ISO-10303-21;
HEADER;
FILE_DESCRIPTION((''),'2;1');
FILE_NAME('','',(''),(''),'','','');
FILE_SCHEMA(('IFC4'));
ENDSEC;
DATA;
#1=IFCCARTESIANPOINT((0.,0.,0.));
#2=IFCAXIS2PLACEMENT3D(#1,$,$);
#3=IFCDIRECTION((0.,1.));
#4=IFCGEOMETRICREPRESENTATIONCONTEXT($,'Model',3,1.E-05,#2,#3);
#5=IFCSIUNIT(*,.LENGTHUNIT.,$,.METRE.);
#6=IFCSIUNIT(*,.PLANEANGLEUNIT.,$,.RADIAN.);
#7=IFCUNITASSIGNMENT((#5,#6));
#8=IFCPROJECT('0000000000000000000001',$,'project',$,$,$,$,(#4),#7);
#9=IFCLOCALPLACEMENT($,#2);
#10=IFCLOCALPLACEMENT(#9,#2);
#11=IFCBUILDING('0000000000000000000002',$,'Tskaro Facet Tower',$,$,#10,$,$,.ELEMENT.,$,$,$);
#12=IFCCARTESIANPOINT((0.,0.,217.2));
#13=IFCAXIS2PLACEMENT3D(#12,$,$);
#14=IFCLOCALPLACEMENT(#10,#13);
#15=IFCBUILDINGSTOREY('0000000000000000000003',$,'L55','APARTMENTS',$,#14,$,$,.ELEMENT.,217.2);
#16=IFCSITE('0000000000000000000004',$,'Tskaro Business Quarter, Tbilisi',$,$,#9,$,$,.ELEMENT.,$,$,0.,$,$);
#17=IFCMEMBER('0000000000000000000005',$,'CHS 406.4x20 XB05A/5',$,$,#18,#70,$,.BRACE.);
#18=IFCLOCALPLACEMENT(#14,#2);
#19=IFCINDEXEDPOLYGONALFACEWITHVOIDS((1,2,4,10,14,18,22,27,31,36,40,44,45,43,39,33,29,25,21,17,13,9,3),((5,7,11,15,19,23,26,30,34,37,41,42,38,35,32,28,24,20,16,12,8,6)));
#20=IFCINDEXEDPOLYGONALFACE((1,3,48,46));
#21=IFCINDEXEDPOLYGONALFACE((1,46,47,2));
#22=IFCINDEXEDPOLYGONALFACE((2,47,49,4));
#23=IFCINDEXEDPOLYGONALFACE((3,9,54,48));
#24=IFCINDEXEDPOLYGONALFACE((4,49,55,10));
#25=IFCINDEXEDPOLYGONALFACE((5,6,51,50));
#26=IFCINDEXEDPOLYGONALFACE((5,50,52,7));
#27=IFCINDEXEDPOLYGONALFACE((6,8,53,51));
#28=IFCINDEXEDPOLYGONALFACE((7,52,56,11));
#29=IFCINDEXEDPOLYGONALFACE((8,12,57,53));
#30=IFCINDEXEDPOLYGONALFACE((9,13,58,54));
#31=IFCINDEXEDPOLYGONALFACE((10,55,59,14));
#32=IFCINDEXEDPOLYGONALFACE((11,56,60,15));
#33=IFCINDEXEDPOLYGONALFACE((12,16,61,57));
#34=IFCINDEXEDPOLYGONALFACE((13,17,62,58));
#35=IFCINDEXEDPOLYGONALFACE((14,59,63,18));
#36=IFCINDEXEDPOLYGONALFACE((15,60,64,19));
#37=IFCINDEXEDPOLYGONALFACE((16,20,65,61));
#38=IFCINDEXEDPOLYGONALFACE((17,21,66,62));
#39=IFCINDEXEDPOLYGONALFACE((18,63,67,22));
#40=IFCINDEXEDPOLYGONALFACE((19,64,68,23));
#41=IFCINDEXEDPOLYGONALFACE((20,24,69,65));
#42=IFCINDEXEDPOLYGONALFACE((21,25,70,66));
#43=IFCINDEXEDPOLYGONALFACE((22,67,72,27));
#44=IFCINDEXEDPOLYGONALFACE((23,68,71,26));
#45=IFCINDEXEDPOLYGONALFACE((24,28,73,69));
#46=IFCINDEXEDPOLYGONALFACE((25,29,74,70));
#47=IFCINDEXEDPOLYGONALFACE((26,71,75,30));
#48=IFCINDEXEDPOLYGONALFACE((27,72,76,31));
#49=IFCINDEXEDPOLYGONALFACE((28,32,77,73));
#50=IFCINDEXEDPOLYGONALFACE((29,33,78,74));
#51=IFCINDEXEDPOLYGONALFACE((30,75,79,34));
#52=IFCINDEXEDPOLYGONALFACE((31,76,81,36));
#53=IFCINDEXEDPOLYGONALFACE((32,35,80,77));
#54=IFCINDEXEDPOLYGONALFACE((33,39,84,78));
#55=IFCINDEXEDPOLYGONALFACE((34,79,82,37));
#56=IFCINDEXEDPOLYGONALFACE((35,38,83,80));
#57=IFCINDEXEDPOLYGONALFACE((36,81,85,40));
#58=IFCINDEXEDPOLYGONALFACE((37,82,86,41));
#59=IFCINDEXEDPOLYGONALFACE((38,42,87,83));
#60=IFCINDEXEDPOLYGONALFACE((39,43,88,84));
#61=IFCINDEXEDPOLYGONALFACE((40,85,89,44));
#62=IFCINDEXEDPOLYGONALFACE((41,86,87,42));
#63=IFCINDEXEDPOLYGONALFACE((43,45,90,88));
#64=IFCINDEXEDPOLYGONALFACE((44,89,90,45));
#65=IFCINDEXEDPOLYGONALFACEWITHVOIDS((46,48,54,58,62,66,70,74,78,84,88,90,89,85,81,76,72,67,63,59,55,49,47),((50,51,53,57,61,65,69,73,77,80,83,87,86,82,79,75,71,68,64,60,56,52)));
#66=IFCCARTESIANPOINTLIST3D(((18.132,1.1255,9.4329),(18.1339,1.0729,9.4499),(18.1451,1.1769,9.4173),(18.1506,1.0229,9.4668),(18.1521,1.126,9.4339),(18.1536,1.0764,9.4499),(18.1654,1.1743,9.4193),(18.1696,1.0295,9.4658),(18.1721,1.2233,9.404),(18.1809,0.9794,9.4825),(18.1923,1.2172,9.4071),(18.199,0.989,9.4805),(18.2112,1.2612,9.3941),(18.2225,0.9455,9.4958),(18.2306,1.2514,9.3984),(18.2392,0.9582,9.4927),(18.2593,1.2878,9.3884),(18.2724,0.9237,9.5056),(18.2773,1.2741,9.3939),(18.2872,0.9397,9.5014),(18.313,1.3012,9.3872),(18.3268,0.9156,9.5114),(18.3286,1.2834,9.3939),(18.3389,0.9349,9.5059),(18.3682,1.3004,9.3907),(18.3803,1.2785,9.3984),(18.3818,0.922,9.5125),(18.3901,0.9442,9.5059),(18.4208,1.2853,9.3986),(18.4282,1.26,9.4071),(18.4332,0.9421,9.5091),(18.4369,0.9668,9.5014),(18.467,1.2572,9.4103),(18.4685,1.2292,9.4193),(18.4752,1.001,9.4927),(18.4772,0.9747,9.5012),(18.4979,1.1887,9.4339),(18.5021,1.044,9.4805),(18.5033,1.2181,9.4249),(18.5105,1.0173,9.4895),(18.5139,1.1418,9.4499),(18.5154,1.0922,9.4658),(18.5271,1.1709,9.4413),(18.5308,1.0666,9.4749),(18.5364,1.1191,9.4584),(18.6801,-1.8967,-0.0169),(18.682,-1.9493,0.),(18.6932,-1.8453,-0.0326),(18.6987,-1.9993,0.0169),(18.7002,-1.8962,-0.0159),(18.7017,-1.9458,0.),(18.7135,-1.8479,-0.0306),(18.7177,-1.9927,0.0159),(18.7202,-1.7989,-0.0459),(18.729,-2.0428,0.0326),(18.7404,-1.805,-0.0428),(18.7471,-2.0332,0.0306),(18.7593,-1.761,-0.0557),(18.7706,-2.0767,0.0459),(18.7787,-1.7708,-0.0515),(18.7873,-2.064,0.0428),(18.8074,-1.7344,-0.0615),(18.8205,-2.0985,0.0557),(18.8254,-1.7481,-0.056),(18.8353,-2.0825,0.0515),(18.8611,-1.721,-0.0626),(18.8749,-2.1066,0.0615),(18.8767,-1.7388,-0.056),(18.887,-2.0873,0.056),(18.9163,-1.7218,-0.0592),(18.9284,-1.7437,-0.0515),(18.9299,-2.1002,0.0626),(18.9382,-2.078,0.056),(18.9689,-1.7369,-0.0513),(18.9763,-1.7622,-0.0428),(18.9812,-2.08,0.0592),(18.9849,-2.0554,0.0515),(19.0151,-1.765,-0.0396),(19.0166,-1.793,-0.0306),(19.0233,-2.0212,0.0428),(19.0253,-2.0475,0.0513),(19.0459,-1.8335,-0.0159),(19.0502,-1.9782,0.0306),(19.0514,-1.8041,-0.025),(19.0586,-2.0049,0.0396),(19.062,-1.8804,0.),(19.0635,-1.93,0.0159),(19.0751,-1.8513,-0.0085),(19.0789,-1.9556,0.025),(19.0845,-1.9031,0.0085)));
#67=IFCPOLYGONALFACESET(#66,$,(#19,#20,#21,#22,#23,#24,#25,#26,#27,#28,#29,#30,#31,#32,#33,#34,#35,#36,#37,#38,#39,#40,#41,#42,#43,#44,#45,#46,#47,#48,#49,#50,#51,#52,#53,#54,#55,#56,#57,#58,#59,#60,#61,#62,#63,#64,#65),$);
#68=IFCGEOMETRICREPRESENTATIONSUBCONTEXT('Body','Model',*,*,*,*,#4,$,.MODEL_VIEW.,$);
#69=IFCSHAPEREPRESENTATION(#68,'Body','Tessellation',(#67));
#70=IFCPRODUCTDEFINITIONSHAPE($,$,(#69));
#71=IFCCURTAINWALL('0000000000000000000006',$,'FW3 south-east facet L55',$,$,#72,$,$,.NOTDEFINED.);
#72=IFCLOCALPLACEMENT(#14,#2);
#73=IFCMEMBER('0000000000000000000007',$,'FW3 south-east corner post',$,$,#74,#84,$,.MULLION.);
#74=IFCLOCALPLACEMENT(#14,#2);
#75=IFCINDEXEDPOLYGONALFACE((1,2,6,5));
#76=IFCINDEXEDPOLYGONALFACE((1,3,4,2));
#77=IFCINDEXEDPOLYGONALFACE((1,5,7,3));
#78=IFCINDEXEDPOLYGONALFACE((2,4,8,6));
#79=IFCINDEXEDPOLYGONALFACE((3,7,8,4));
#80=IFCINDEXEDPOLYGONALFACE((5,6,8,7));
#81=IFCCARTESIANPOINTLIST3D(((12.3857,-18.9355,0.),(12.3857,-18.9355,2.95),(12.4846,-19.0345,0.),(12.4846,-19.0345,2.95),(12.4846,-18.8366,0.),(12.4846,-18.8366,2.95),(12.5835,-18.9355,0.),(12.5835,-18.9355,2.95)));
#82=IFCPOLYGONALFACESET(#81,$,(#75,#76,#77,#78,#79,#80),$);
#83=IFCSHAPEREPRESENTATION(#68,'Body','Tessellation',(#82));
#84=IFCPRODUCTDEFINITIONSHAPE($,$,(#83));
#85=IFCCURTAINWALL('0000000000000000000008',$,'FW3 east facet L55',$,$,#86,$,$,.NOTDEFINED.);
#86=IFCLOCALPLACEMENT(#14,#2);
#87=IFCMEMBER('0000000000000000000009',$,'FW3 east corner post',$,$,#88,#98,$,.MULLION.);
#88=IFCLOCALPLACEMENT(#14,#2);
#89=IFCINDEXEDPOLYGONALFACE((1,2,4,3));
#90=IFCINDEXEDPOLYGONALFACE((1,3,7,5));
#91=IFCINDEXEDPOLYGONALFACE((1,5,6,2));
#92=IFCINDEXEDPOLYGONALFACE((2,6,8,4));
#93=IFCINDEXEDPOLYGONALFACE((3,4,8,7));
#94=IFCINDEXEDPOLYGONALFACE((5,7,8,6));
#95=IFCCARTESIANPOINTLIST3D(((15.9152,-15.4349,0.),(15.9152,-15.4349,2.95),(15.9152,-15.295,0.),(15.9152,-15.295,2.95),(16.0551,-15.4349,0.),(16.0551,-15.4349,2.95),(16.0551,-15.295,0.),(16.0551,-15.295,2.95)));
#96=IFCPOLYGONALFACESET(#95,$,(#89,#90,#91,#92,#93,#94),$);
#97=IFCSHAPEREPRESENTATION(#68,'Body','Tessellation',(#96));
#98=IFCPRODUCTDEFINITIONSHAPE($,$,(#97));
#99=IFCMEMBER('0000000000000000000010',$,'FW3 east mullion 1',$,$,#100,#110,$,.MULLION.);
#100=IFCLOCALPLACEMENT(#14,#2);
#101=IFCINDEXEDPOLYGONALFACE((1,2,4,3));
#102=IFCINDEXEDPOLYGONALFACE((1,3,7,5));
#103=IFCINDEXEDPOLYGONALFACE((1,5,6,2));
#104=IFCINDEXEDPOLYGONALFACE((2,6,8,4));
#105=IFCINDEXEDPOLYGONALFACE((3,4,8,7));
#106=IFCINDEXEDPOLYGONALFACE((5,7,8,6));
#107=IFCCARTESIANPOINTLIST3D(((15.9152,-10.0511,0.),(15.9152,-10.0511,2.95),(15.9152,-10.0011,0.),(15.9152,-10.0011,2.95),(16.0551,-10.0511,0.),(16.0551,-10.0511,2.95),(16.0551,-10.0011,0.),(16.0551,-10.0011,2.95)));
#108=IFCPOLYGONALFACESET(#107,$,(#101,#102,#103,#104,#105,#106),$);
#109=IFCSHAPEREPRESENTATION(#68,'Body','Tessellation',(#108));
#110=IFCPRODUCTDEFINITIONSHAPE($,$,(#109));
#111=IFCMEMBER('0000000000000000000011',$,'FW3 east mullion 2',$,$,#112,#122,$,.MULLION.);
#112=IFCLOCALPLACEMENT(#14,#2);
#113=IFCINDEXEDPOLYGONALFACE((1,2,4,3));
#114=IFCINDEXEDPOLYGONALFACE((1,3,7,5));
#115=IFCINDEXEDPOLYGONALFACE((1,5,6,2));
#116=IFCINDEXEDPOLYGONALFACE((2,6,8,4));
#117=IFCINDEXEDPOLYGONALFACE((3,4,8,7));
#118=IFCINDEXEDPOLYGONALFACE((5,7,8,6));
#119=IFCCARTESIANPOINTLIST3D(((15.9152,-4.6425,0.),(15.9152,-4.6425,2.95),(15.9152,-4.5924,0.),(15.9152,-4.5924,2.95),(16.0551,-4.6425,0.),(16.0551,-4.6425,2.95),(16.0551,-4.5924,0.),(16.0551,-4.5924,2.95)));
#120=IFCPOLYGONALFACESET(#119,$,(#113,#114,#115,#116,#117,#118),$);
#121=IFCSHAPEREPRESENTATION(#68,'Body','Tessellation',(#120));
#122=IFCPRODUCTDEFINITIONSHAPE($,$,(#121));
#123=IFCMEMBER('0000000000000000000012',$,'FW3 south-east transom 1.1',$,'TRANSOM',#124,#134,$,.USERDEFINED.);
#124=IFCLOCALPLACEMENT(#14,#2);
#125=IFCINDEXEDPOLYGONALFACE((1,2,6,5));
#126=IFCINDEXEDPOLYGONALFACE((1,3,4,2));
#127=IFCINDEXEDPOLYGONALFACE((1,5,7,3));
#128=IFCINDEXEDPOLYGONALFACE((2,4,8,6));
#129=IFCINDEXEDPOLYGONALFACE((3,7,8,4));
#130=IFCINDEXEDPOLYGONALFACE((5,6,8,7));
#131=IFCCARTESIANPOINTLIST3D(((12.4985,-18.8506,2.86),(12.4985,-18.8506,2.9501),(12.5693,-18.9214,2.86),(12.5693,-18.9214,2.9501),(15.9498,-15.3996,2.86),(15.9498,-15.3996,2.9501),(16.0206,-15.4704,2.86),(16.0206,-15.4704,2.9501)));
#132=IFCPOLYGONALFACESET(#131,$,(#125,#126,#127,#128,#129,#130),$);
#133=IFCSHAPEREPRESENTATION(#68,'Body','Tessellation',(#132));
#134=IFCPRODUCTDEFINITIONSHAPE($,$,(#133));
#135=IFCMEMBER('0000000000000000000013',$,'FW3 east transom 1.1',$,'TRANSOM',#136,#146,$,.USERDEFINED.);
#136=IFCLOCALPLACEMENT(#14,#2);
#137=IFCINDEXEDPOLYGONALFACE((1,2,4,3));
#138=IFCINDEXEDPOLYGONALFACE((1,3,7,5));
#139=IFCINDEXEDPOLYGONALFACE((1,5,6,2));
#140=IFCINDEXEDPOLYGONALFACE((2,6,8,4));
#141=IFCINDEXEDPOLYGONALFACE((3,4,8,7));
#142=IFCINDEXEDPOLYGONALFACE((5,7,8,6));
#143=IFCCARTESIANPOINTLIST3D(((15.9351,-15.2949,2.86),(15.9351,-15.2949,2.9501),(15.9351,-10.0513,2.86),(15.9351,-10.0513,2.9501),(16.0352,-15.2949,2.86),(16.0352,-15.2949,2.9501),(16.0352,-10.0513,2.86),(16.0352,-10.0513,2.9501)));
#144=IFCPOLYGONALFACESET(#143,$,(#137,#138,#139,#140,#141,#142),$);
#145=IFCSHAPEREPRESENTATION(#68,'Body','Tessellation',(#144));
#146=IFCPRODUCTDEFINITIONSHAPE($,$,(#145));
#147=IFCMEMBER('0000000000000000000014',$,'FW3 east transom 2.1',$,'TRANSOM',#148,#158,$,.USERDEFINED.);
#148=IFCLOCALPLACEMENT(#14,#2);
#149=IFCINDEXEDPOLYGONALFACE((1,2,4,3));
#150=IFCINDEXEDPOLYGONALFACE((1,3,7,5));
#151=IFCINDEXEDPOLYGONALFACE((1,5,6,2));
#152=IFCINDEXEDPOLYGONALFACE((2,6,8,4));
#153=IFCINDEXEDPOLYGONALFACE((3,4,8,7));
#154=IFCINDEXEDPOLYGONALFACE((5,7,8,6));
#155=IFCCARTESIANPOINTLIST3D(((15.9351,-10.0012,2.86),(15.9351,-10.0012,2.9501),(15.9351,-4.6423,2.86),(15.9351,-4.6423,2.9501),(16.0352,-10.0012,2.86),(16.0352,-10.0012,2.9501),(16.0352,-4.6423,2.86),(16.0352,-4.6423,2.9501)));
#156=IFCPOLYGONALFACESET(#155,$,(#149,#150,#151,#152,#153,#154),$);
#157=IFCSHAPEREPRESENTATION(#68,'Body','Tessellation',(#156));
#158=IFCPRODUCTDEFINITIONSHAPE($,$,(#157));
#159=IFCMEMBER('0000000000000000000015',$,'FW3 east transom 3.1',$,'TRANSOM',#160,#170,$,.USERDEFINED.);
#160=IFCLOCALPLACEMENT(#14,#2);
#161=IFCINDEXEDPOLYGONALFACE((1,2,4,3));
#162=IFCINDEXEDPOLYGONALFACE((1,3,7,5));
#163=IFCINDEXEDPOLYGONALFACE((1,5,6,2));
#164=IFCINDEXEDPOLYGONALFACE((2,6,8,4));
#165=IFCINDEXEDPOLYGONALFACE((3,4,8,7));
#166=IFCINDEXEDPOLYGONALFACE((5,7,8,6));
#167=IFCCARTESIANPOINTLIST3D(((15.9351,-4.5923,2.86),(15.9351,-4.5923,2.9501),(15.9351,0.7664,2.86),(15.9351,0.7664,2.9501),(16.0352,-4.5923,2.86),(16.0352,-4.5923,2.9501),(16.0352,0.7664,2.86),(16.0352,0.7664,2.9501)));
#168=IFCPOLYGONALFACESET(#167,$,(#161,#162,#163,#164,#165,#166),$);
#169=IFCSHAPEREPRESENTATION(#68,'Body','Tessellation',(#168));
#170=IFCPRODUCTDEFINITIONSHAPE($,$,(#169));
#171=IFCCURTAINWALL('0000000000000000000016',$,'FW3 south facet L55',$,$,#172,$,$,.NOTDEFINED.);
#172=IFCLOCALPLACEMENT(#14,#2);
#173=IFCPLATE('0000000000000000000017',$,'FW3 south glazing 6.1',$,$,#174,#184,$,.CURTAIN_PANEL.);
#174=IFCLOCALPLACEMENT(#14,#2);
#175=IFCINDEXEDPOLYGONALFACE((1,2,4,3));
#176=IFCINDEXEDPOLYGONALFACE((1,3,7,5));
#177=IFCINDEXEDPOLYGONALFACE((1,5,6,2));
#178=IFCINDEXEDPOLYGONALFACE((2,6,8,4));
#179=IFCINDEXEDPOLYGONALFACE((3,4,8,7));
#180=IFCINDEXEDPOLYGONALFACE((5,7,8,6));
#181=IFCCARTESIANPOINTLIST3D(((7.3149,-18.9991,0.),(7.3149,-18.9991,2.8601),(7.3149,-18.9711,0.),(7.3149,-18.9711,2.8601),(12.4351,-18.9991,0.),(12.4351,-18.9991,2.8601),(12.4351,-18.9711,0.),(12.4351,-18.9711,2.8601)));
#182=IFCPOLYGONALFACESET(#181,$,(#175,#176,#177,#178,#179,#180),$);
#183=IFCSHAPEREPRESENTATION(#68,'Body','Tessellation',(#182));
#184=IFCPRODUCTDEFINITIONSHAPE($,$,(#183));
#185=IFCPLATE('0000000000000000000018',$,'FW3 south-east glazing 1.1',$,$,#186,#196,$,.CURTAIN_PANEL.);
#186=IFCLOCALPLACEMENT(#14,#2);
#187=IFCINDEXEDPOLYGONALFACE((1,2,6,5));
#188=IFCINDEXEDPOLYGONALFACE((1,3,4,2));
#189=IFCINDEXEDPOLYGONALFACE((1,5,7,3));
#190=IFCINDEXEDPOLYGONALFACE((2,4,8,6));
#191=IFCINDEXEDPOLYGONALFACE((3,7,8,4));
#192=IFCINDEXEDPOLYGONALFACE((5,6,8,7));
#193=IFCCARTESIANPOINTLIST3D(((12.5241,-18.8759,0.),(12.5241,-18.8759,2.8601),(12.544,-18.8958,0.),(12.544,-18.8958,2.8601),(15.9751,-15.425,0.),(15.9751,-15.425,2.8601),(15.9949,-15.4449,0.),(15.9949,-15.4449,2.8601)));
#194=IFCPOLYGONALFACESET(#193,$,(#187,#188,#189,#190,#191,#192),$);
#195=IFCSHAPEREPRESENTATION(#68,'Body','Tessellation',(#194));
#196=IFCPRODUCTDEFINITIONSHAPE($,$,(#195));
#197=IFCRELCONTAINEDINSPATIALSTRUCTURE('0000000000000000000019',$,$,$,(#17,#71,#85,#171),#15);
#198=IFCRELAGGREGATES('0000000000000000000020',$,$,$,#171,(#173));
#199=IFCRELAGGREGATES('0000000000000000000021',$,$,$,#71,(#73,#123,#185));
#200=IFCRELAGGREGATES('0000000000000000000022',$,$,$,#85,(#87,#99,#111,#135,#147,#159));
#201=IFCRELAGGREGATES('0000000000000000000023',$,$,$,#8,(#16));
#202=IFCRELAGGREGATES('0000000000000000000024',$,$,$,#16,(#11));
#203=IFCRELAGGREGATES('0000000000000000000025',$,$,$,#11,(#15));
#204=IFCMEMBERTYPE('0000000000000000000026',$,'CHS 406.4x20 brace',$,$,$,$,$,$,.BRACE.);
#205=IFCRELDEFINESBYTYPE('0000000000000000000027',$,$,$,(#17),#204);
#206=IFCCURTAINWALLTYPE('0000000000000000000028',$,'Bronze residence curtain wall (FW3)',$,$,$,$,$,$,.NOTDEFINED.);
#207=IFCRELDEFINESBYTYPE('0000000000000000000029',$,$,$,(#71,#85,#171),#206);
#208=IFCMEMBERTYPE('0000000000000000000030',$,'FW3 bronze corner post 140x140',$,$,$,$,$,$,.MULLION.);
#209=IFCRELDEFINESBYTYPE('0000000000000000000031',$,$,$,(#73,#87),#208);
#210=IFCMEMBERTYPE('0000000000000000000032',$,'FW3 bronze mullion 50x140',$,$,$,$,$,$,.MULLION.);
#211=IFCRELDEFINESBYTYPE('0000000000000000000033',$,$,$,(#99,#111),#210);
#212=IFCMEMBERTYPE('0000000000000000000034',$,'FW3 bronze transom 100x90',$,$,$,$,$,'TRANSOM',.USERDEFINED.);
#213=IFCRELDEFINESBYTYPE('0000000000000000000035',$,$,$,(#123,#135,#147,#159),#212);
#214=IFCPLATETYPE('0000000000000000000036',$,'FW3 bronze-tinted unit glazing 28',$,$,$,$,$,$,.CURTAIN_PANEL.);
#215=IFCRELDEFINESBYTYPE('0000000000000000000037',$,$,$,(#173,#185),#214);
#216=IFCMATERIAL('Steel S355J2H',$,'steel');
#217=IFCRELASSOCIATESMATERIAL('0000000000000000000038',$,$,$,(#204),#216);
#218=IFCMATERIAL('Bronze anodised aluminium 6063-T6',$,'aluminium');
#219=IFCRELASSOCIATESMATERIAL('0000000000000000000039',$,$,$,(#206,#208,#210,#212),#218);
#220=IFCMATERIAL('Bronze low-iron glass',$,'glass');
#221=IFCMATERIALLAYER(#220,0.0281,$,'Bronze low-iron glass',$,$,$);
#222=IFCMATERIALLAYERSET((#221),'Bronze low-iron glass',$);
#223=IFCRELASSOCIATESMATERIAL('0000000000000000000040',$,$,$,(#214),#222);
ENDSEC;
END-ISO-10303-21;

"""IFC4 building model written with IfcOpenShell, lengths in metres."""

from ifc_helpers import new_model, si_unit, direction, frame, origin, origin_2d, place, context, subcontext, project, spatial, rectangle, hollow_circle, extrude, material, layer, layer_set, material_profile, profile_set, type_object, element, aggregate, save


model = new_model("IFC4")

# Units and contexts
model_context = context("Model", 3, precision=1e-05, world=origin(), true_north=direction((0.0, 1.0)))
body_context = subcontext(model_context, "Body", "Model", "MODEL_VIEW")
ifc_project = project(units=[si_unit("LENGTHUNIT", "METRE"), si_unit("PLANEANGLEUNIT", "RADIAN")], contexts=[model_context])

# Site, building, storey
site_placement = place(None, origin())
site = spatial("IfcSite", under=ifc_project, at=site_placement, Name="Tskaro Business Quarter, Tbilisi", CompositionType="ELEMENT", RefElevation=0.0)
building_placement = place(site_placement, origin())
building = spatial("IfcBuilding", under=site, at=building_placement, Name="Tskaro Facet Tower", CompositionType="ELEMENT")
storey_placement = place(building_placement, frame((0.0, 0.0, 217.2)))
storey = spatial("IfcBuildingStorey", under=building, at=storey_placement, Name="L55", Description="APARTMENTS", CompositionType="ELEMENT", Elevation=217.2)

# Shared definitions
ifc_material_1 = material(Name="Steel S355J2H", Category="steel")

# Member
ifc_material_profile_1 = material_profile(ifc_material_1, hollow_circle(Radius=0.2031, WallThickness=0.02, at=origin_2d()), Name="CHS 406.4x20")
ifc_profile_set_1 = profile_set([ifc_material_profile_1], Name="Steel S355J2H")
member_type_1 = type_object("IfcMemberType", Name="CHS 406.4x20 brace", PredefinedType="BRACE", material=ifc_profile_set_1)
member_1_placement = place(storey_placement, frame((18.8818, -1.9131, 0.0), z_axis=(-0.055159, 0.30415, 0.951026), x_axis=(-0.98395, -0.178445, 0.0)))
element("IfcMember", 1, at=member_1_placement, inside=storey, type_object=member_type_1, Name="CHS 406.4x20 XB05A/5", PredefinedType="BRACE", context=body_context, shape_type="SweptSolid", body=[
    extrude(hollow_circle(Radius=0.2031, WallThickness=0.02, at=origin_2d()), origin(), (0.0, 0.0, 1.0), 9.9365),
])

# Curtain wall, member
ifc_material_2 = material(Name="Bronze anodised aluminium 6063-T6", Category="aluminium")
curtain_wall_type = type_object("IfcCurtainWallType", Name="Bronze residence curtain wall (FW3)", PredefinedType="NOTDEFINED", material=ifc_material_2)
curtain_wall_1_placement = place(storey_placement, origin())
curtain_wall_1 = element("IfcCurtainWall", 2, at=curtain_wall_1_placement, inside=storey, type_object=curtain_wall_type, Name="FW3 south-east facet L55", PredefinedType="NOTDEFINED")
ifc_material_profile_2 = material_profile(ifc_material_2, rectangle(XDim=0.1399, YDim=0.1399, at=origin_2d()), Name="Corner post 140x140")
ifc_profile_set_2 = profile_set([ifc_material_profile_2], Name="Bronze anodised aluminium 6063-T6")
member_type_2 = type_object("IfcMemberType", Name="FW3 bronze corner post 140x140", PredefinedType="MULLION", material=ifc_profile_set_2)
member_2_placement = place(storey_placement, frame((12.4846, -18.9355, 0.0), z_axis=(0.0, 0.0, 1.0), x_axis=(0.707107, 0.707107, 0.0)))
member_2 = element("IfcMember", 3, at=member_2_placement, type_object=member_type_2, Name="FW3 south-east corner post", PredefinedType="MULLION", context=body_context, shape_type="SweptSolid", body=[
    extrude(rectangle(XDim=0.1399, YDim=0.1399, at=origin_2d()), origin(), (0.0, 0.0, 1.0), 2.95),
])

# Curtain wall, members
curtain_wall_2_placement = place(storey_placement, origin())
curtain_wall_2 = element("IfcCurtainWall", 4, at=curtain_wall_2_placement, inside=storey, type_object=curtain_wall_type, Name="FW3 east facet L55", PredefinedType="NOTDEFINED")
member_3_placement = place(storey_placement, frame((15.9851, -15.365, 0.0), z_axis=(0.0, 0.0, 1.0), x_axis=(0.0, 1.0, 0.0)))
member_3 = element("IfcMember", 5, at=member_3_placement, type_object=member_type_2, Name="FW3 east corner post", PredefinedType="MULLION", context=body_context, shape_type="SweptSolid", body=[
    extrude(rectangle(XDim=0.1399, YDim=0.1399, at=origin_2d()), origin(), (0.0, 0.0, 1.0), 2.95),
])
ifc_material_profile_3 = material_profile(ifc_material_2, rectangle(XDim=0.05, YDim=0.1399, at=origin_2d()), Name="Mullion 50x140")
ifc_profile_set_3 = profile_set([ifc_material_profile_3], Name="Bronze anodised aluminium 6063-T6")
member_type_3 = type_object("IfcMemberType", Name="FW3 bronze mullion 50x140", PredefinedType="MULLION", material=ifc_profile_set_3)
member_4_placement = place(storey_placement, frame((15.9851, -10.0261, 0.0), z_axis=(0.0, 0.0, 1.0), x_axis=(0.0, 1.0, 0.0)))
member_4 = element("IfcMember", 6, at=member_4_placement, type_object=member_type_3, Name="FW3 east mullion 1", PredefinedType="MULLION", context=body_context, shape_type="SweptSolid", body=[
    extrude(rectangle(XDim=0.05, YDim=0.1399, at=origin_2d()), origin(), (0.0, 0.0, 1.0), 2.95),
])
member_5_placement = place(storey_placement, frame((15.9851, -4.6174, 0.0), z_axis=(0.0, 0.0, 1.0), x_axis=(0.0, 1.0, 0.0)))
member_5 = element("IfcMember", 7, at=member_5_placement, type_object=member_type_3, Name="FW3 east mullion 2", PredefinedType="MULLION", context=body_context, shape_type="SweptSolid", body=[
    extrude(rectangle(XDim=0.05, YDim=0.1399, at=origin_2d()), origin(), (0.0, 0.0, 1.0), 2.95),
])

# Members
ifc_material_profile_4 = material_profile(ifc_material_2, rectangle(XDim=0.1001, YDim=0.0901, at=origin_2d()), Name="Transom 100x90")
ifc_profile_set_4 = profile_set([ifc_material_profile_4], Name="Bronze anodised aluminium 6063-T6")
member_type_4 = type_object("IfcMemberType", Name="FW3 bronze transom 100x90", ElementType="TRANSOM", PredefinedType="USERDEFINED", material=ifc_profile_set_4)
member_6_placement = place(storey_placement, frame((12.5339, -18.886, 2.905), z_axis=(0.707132, 0.707082, 0.0), x_axis=(-0.707082, 0.707132, 0.0)))
member_6 = element("IfcMember", 8, at=member_6_placement, type_object=member_type_4, Name="FW3 south-east transom 1.1", ObjectType="TRANSOM", PredefinedType="USERDEFINED", context=body_context, shape_type="SweptSolid", body=[
    extrude(rectangle(XDim=0.1001, YDim=0.0901, at=origin_2d()), origin(), (0.0, 0.0, 1.0), 4.8806),
])
member_7_placement = place(storey_placement, frame((15.9851, -15.2949, 2.905), z_axis=(0.0, 1.0, 0.0), x_axis=(-1.0, 0.0, 0.0)))
member_7 = element("IfcMember", 9, at=member_7_placement, type_object=member_type_4, Name="FW3 east transom 1.1", ObjectType="TRANSOM", PredefinedType="USERDEFINED", context=body_context, shape_type="SweptSolid", body=[
    extrude(rectangle(XDim=0.1001, YDim=0.0901, at=origin_2d()), origin(), (0.0, 0.0, 1.0), 5.2437),
])
member_8_placement = place(storey_placement, frame((15.9851, -10.0012, 2.905), z_axis=(0.0, 1.0, 0.0), x_axis=(-1.0, 0.0, 0.0)))
member_8 = element("IfcMember", 10, at=member_8_placement, type_object=member_type_4, Name="FW3 east transom 2.1", ObjectType="TRANSOM", PredefinedType="USERDEFINED", context=body_context, shape_type="SweptSolid", body=[
    extrude(rectangle(XDim=0.1001, YDim=0.0901, at=origin_2d()), origin(), (0.0, 0.0, 1.0), 5.3589),
])
member_9_placement = place(storey_placement, frame((15.9851, -4.5923, 2.905), z_axis=(0.0, 1.0, 0.0), x_axis=(-1.0, 0.0, 0.0)))
member_9 = element("IfcMember", 11, at=member_9_placement, type_object=member_type_4, Name="FW3 east transom 3.1", ObjectType="TRANSOM", PredefinedType="USERDEFINED", context=body_context, shape_type="SweptSolid", body=[
    extrude(rectangle(XDim=0.1001, YDim=0.0901, at=origin_2d()), origin(), (0.0, 0.0, 1.0), 5.3586),
])

# Curtain wall, plate
curtain_wall_3_placement = place(storey_placement, origin())
curtain_wall_3 = element("IfcCurtainWall", 12, at=curtain_wall_3_placement, inside=storey, type_object=curtain_wall_type, Name="FW3 south facet L55", PredefinedType="NOTDEFINED")
ifc_material_3 = material(Name="Bronze low-iron glass", Category="glass")
ifc_layer_1 = layer(ifc_material_3, 0.0281, Name="Bronze low-iron glass")
ifc_layer_set_1 = layer_set([ifc_layer_1], Name="Bronze low-iron glass")
plate_type = type_object("IfcPlateType", Name="FW3 bronze-tinted unit glazing 28", PredefinedType="CURTAIN_PANEL", material=ifc_layer_set_1)
plate_1_placement = place(storey_placement, frame((9.875, -18.9851, 0.0), z_axis=(0.0, 0.0, 1.0), x_axis=(1.0, 0.0, 0.0)))
plate_1 = element("IfcPlate", 13, at=plate_1_placement, type_object=plate_type, Name="FW3 south glazing 6.1", PredefinedType="CURTAIN_PANEL", context=body_context, shape_type="SweptSolid", body=[
    extrude(rectangle(XDim=5.1201, YDim=0.0281, at=origin_2d()), origin(), (0.0, 0.0, 1.0), 2.8601),
])
aggregate(curtain_wall_3, [plate_1])

# Plate
plate_2_placement = place(storey_placement, frame((14.2595, -17.1604, 0.0), z_axis=(0.0, 0.0, 1.0), x_axis=(0.707107, 0.707107, 0.0)))
plate_2 = element("IfcPlate", 14, at=plate_2_placement, type_object=plate_type, Name="FW3 south-east glazing 1.1", PredefinedType="CURTAIN_PANEL", context=body_context, shape_type="SweptSolid", body=[
    extrude(rectangle(XDim=4.8804, YDim=0.0281, at=origin_2d()), origin(), (0.0, 0.0, 1.0), 2.8601),
])
aggregate(curtain_wall_1, [member_2, member_6, plate_2])
aggregate(curtain_wall_2, [member_3, member_4, member_5, member_7, member_8, member_9])

save(model, "model.ifc")
